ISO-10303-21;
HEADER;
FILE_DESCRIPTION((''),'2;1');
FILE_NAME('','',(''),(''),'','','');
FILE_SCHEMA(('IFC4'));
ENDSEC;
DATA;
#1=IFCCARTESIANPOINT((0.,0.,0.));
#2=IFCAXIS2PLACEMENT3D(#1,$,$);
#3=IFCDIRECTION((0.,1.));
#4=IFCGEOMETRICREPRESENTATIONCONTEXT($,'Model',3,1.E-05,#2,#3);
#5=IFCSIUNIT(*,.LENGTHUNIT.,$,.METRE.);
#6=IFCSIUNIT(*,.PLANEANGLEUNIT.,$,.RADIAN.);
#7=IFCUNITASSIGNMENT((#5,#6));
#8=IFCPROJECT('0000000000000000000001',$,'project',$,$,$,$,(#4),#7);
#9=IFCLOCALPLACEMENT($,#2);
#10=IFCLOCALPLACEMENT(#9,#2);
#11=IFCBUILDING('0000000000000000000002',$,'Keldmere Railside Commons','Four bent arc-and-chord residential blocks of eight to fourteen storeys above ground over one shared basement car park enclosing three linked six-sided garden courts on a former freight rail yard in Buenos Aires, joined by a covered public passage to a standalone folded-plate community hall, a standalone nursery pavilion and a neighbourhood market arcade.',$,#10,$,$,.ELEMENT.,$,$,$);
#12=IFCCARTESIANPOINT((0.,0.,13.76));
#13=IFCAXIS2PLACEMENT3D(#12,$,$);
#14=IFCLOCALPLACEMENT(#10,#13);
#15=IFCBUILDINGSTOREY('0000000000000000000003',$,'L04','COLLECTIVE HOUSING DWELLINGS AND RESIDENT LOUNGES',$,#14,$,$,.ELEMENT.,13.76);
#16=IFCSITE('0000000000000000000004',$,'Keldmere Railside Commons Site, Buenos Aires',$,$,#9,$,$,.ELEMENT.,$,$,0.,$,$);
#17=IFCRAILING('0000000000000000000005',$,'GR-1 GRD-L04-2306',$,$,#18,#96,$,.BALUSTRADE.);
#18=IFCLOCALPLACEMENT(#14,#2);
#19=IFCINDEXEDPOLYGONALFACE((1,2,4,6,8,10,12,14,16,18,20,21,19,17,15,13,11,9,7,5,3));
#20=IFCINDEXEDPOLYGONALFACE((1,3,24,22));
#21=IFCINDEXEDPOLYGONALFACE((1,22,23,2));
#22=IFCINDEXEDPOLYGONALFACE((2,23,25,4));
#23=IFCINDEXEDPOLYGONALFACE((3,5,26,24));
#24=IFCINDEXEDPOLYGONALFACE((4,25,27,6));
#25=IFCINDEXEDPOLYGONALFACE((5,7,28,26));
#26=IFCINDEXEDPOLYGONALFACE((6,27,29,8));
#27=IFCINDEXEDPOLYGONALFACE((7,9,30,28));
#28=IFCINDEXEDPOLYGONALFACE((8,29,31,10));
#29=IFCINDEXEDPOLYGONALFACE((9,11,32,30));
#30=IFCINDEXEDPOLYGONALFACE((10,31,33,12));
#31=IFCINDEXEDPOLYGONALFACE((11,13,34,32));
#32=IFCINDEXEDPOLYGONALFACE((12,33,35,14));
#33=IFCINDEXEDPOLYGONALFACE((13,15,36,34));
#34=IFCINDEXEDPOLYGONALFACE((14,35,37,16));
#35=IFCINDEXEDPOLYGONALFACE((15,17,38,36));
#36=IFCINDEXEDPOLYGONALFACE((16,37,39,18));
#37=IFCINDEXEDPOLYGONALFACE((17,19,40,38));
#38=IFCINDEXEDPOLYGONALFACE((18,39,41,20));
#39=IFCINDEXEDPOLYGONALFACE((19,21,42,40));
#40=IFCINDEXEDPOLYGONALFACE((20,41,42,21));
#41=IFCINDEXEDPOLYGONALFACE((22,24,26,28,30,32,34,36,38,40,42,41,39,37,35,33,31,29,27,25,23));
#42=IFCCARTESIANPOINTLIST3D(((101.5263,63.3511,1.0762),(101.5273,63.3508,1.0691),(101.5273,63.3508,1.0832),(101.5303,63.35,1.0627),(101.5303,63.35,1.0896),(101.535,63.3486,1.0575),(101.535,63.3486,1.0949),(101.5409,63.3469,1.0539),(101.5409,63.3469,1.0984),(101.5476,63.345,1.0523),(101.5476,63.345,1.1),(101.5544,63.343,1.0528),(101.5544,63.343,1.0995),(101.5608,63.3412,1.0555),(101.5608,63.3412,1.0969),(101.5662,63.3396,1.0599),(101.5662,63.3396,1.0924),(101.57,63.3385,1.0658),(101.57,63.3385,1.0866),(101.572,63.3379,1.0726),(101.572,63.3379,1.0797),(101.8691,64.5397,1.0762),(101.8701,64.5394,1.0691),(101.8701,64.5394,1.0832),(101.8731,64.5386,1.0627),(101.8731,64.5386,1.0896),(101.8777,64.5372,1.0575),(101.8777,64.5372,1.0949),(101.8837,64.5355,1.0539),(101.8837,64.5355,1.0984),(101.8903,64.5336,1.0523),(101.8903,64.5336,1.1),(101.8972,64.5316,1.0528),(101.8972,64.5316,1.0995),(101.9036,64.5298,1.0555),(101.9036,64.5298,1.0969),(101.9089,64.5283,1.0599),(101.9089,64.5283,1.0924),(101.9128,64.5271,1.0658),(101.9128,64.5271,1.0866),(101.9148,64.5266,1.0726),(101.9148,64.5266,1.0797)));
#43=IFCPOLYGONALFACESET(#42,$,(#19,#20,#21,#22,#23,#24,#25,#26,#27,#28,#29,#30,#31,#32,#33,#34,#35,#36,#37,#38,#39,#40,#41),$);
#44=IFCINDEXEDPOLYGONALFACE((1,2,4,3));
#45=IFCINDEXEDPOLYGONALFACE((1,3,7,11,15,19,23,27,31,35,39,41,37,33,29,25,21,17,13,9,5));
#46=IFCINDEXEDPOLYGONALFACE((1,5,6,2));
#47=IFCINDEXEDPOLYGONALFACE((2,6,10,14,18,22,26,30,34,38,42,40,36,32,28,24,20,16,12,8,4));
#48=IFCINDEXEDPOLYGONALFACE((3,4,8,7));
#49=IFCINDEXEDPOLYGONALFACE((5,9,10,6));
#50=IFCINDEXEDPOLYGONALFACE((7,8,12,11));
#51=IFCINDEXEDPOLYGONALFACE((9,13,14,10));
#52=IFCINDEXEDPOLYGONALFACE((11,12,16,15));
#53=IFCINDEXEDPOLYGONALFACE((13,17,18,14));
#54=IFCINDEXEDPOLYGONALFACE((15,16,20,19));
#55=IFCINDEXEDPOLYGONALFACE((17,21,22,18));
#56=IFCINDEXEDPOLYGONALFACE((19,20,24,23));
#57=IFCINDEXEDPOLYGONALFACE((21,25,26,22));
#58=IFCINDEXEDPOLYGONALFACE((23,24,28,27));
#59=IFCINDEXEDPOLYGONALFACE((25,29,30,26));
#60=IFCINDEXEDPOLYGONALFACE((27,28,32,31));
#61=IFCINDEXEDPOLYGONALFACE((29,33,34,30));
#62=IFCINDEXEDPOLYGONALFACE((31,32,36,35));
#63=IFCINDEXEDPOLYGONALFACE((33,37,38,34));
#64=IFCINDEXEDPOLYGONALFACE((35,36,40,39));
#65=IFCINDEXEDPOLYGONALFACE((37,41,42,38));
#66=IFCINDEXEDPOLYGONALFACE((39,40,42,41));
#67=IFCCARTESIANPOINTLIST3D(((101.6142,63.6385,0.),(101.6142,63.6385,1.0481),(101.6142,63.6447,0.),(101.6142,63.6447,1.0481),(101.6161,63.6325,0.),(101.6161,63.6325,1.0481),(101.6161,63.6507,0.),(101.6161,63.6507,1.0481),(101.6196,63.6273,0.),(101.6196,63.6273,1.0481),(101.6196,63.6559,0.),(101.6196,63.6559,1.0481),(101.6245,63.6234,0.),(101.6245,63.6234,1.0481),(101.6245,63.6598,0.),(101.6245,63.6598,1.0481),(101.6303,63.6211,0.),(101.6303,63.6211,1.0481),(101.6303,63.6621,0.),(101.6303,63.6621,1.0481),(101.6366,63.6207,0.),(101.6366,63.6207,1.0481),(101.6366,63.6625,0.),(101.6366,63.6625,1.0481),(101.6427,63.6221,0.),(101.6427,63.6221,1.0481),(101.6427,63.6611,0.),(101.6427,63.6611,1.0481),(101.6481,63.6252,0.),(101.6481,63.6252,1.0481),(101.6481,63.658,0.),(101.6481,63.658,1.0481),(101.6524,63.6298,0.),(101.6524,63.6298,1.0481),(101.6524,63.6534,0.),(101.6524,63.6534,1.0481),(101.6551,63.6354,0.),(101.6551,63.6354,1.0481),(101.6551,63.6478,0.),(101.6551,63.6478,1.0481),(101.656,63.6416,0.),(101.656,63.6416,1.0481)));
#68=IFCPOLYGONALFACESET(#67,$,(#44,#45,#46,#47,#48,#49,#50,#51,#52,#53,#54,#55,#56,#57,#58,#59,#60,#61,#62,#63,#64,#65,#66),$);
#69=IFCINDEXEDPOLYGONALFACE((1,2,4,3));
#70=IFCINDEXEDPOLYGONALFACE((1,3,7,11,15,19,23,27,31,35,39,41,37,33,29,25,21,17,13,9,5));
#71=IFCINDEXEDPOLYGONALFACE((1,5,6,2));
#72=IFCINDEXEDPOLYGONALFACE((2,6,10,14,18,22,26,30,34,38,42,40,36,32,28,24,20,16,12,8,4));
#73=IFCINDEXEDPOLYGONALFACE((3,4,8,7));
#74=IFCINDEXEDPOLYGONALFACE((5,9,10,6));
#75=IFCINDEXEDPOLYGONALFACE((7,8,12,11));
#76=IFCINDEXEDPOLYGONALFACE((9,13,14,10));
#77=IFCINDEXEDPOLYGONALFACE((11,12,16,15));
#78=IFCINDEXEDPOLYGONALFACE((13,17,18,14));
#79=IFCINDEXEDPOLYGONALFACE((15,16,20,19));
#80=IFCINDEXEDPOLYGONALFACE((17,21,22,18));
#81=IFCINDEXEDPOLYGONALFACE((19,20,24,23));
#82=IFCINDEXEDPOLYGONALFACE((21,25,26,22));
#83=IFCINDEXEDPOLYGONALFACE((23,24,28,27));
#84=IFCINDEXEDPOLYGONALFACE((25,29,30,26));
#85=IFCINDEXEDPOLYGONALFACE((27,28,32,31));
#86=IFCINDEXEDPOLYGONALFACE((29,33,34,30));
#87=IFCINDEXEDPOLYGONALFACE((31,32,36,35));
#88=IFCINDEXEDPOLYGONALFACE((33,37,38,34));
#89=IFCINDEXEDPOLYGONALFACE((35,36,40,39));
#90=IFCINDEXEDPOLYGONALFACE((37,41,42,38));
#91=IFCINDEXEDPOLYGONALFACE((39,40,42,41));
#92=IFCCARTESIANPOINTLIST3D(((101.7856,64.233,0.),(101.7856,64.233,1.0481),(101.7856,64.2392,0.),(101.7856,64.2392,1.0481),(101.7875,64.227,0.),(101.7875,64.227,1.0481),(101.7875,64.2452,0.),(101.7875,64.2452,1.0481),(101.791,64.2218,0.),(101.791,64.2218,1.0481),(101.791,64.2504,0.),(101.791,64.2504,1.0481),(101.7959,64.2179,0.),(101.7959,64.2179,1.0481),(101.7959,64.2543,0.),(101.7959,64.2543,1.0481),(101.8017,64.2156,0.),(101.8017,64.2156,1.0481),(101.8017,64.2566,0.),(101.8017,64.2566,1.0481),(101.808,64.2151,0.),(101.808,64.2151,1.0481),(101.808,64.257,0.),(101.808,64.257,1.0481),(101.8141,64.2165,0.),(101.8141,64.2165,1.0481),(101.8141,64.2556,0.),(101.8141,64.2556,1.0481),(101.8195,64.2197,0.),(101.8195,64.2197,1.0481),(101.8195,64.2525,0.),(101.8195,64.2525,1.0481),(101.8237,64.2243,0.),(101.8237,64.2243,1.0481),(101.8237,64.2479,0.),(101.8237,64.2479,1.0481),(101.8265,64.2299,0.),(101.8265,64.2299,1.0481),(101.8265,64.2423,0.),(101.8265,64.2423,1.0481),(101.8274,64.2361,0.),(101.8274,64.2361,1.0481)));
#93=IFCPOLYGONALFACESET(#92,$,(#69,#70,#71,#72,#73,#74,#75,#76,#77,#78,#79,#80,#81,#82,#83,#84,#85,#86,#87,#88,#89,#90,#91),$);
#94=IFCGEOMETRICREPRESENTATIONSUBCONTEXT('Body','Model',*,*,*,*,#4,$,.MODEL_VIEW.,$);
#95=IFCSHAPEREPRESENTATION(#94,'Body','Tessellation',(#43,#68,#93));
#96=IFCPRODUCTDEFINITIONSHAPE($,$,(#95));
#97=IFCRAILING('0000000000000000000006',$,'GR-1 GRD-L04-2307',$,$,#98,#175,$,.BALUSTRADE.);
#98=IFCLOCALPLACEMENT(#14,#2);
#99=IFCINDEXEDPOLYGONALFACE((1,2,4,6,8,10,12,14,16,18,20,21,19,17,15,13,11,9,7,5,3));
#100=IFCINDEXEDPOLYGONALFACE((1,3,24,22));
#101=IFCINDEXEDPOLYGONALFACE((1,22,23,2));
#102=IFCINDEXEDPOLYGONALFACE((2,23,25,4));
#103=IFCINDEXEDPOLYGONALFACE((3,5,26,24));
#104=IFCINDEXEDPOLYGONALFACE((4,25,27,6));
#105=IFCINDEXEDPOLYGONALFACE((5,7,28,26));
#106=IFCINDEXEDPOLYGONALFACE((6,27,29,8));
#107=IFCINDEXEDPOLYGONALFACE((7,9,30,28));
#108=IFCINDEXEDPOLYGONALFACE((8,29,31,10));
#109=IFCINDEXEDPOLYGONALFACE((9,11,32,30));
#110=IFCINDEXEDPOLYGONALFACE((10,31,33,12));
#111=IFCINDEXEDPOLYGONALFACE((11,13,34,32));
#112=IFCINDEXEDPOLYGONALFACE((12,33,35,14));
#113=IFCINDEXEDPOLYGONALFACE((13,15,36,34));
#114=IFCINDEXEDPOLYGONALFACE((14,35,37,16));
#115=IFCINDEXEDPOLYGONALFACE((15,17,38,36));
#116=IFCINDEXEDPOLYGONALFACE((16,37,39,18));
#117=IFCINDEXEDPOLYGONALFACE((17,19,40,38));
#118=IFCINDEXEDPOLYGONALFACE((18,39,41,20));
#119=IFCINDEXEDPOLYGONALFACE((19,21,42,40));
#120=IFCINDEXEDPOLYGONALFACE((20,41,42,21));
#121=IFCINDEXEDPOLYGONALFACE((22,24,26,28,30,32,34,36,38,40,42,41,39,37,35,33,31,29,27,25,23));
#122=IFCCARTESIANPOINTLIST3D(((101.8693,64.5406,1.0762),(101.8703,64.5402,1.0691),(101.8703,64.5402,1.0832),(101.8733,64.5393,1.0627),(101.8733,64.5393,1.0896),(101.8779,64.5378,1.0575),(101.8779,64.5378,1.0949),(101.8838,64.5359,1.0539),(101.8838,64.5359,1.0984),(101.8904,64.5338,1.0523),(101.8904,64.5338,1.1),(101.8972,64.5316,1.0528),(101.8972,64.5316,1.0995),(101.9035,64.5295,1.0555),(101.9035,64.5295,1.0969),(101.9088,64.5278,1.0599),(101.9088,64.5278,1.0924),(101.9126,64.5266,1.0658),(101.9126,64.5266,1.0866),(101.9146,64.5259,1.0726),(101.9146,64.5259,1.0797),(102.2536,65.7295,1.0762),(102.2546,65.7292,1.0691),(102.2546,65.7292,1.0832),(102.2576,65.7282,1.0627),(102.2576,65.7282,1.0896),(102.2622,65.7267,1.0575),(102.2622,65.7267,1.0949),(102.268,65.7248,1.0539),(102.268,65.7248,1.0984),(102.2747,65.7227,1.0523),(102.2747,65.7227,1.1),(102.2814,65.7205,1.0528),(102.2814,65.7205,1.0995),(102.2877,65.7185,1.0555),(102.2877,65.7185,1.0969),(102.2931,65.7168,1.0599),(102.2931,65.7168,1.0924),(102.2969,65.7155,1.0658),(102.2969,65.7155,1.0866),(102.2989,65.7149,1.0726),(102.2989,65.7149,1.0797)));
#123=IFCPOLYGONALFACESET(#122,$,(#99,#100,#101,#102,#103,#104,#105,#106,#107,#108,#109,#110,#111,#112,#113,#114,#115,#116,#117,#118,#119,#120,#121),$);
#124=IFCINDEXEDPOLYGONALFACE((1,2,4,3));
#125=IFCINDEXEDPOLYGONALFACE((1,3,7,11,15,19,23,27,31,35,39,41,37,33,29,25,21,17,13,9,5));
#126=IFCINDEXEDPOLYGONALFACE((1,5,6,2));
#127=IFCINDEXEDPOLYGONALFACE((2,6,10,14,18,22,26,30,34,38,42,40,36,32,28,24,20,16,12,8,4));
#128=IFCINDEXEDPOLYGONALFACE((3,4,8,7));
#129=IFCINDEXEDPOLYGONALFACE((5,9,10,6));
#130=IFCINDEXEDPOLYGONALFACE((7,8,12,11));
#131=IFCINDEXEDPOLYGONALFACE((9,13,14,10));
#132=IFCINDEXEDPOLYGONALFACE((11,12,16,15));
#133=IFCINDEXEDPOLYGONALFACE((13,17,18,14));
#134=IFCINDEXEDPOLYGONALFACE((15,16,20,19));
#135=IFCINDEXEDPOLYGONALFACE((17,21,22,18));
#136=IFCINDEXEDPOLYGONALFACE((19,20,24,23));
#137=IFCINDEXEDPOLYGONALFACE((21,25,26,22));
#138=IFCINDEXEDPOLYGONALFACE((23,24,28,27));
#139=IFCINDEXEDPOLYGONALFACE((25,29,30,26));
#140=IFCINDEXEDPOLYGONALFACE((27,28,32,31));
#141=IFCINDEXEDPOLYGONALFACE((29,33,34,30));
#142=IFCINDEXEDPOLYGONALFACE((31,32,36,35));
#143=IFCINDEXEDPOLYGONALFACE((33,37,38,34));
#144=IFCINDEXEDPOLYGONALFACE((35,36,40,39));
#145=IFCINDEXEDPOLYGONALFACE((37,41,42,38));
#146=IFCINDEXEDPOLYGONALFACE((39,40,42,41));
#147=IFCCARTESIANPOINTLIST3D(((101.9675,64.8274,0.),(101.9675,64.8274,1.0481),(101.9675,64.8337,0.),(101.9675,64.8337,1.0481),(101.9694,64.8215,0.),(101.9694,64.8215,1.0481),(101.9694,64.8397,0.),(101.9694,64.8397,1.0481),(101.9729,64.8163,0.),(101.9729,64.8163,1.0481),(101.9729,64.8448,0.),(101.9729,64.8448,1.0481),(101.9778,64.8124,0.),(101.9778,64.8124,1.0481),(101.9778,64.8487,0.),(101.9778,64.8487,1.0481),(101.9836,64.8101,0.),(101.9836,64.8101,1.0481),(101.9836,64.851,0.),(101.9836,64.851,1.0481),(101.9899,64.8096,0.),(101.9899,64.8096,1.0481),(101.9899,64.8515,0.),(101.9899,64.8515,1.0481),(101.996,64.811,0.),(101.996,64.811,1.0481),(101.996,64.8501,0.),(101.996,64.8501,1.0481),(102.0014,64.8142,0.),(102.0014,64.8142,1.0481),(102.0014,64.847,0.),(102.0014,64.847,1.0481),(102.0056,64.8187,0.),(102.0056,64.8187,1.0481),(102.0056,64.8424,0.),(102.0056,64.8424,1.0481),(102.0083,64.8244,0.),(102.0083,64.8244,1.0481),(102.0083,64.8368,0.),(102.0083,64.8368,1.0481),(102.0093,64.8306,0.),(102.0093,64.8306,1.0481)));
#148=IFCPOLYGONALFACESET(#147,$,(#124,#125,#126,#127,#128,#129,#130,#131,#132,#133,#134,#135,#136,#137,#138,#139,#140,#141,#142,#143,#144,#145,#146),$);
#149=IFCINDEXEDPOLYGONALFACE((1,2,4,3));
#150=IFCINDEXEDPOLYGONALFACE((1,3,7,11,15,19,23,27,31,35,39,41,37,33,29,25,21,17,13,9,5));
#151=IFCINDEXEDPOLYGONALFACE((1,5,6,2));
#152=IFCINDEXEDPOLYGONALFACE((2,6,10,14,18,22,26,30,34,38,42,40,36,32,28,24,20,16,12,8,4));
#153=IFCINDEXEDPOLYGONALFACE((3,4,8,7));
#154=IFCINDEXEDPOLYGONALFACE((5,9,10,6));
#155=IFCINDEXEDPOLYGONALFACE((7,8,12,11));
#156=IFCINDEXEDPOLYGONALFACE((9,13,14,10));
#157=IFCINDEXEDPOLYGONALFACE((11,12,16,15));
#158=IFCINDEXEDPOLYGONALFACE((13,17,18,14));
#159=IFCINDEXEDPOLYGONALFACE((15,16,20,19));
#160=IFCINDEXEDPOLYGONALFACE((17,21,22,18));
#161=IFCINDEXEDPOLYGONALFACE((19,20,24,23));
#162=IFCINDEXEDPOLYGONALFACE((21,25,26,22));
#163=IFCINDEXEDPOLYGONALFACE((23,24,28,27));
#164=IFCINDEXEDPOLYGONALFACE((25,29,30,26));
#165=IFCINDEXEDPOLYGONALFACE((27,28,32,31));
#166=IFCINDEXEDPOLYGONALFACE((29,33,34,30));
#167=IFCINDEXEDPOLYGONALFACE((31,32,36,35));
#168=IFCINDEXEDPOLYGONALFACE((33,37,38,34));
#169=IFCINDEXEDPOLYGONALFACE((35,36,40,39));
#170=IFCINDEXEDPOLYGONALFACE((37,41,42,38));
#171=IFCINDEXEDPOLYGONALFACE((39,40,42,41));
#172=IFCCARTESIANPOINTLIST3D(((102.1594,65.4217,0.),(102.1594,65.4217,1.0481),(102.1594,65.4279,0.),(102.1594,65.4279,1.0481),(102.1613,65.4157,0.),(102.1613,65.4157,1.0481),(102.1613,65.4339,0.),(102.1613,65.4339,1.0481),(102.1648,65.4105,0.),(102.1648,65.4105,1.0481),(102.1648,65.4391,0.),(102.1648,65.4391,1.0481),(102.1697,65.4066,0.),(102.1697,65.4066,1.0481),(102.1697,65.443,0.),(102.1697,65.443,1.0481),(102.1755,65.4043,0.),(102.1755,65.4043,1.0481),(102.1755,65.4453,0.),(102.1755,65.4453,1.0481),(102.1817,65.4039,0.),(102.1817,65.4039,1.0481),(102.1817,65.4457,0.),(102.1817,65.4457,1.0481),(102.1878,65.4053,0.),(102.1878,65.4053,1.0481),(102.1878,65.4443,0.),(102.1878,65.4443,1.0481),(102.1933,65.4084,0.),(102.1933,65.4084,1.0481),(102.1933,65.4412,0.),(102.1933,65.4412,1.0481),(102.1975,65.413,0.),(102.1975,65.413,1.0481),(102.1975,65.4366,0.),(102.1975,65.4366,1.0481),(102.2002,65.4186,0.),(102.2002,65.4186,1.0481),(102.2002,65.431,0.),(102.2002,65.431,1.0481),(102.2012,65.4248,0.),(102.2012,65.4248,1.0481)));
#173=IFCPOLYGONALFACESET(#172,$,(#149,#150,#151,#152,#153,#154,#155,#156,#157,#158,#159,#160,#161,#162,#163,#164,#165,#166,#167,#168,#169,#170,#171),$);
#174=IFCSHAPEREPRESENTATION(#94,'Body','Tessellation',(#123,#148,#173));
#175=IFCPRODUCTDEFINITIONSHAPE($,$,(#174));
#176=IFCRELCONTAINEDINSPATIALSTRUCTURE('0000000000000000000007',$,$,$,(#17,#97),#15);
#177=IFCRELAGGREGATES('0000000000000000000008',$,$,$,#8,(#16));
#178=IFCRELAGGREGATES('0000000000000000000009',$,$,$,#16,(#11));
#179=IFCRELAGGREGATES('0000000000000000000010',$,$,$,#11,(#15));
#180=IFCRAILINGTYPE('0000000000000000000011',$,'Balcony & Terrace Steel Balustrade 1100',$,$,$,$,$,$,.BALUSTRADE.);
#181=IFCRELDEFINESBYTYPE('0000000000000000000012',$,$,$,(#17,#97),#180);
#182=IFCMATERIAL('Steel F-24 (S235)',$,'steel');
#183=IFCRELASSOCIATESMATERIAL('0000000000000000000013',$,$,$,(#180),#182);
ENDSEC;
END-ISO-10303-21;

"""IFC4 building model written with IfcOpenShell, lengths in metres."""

from ifc_helpers import new_model, si_unit, direction, frame, origin, origin_2d, place, context, subcontext, project, spatial, circle, extrude, material, type_object, element, save


model = new_model("IFC4")

# Units and contexts
model_context = context("Model", 3, precision=1e-05, world=origin(), true_north=direction((0.0, 1.0)))
body_context = subcontext(model_context, "Body", "Model", "MODEL_VIEW")
ifc_project = project(units=[si_unit("LENGTHUNIT", "METRE"), si_unit("PLANEANGLEUNIT", "RADIAN")], contexts=[model_context])

# Site, building, storey
site_placement = place(None, origin())
site = spatial("IfcSite", under=ifc_project, at=site_placement, Name="Keldmere Railside Commons Site, Buenos Aires", CompositionType="ELEMENT", RefElevation=0.0)
building_placement = place(site_placement, origin())
building = spatial("IfcBuilding", under=site, at=building_placement, Name="Keldmere Railside Commons", Description="Four bent arc-and-chord residential blocks of eight to fourteen storeys above ground over one shared basement car park enclosing three linked six-sided garden courts on a former freight rail yard in Buenos Aires, joined by a covered public passage to a standalone folded-plate community hall, a standalone nursery pavilion and a neighbourhood market arcade.", CompositionType="ELEMENT")
storey_placement = place(building_placement, frame((0.0, 0.0, 13.76)))
storey = spatial("IfcBuildingStorey", under=building, at=storey_placement, Name="L04", Description="COLLECTIVE HOUSING DWELLINGS AND RESIDENT LOUNGES", CompositionType="ELEMENT", Elevation=13.76)

# Railings
ifc_material_1 = material(Name="Steel F-24 (S235)", Category="steel")
railing_type = type_object("IfcRailingType", Name="Balcony & Terrace Steel Balustrade 1100", PredefinedType="BALUSTRADE", material=ifc_material_1)
railing_1_placement = place(storey_placement, frame((101.5493, 63.3445, 0.0)))
element("IfcRailing", 1, at=railing_1_placement, inside=storey, type_object=railing_type, Name="GR-1 GRD-L04-2306", PredefinedType="BALUSTRADE", context=body_context, shape_type="SweptSolid", body=[
    extrude(circle(Radius=0.0239, at=origin_2d()), frame((0.0, 0.0, 1.0762), z_axis=(0.277066, 0.960851, 0.0), x_axis=(-0.960851, 0.277066, 0.0)), (0.0, 0.0, 1.0), 1.2371),
    extrude(circle(Radius=0.021, at=origin_2d()), frame((0.0857, 0.2971, 0.0)), (0.0, 0.0, 1.0), 1.0481),
    extrude(circle(Radius=0.021, at=origin_2d()), frame((0.2571, 0.8916, 0.0)), (0.0, 0.0, 1.0), 1.0481),
])
railing_2_placement = place(storey_placement, frame((101.8921, 64.5332, 0.0)))
element("IfcRailing", 2, at=railing_2_placement, inside=storey, type_object=railing_type, Name="GR-1 GRD-L04-2307", PredefinedType="BALUSTRADE", context=body_context, shape_type="SweptSolid", body=[
    extrude(circle(Radius=0.0239, at=origin_2d()), frame((0.0, 0.0, 1.0762), z_axis=(0.307539, 0.951535, 0.0), x_axis=(-0.951535, 0.307539, 0.0)), (0.0, 0.0, 1.0), 1.2495),
    extrude(circle(Radius=0.021, at=origin_2d()), frame((0.0962, 0.2974, 0.0)), (0.0, 0.0, 1.0), 1.0481),
    extrude(circle(Radius=0.021, at=origin_2d()), frame((0.2881, 0.8916, 0.0)), (0.0, 0.0, 1.0), 1.0481),
])

save(model, "model.ifc")
